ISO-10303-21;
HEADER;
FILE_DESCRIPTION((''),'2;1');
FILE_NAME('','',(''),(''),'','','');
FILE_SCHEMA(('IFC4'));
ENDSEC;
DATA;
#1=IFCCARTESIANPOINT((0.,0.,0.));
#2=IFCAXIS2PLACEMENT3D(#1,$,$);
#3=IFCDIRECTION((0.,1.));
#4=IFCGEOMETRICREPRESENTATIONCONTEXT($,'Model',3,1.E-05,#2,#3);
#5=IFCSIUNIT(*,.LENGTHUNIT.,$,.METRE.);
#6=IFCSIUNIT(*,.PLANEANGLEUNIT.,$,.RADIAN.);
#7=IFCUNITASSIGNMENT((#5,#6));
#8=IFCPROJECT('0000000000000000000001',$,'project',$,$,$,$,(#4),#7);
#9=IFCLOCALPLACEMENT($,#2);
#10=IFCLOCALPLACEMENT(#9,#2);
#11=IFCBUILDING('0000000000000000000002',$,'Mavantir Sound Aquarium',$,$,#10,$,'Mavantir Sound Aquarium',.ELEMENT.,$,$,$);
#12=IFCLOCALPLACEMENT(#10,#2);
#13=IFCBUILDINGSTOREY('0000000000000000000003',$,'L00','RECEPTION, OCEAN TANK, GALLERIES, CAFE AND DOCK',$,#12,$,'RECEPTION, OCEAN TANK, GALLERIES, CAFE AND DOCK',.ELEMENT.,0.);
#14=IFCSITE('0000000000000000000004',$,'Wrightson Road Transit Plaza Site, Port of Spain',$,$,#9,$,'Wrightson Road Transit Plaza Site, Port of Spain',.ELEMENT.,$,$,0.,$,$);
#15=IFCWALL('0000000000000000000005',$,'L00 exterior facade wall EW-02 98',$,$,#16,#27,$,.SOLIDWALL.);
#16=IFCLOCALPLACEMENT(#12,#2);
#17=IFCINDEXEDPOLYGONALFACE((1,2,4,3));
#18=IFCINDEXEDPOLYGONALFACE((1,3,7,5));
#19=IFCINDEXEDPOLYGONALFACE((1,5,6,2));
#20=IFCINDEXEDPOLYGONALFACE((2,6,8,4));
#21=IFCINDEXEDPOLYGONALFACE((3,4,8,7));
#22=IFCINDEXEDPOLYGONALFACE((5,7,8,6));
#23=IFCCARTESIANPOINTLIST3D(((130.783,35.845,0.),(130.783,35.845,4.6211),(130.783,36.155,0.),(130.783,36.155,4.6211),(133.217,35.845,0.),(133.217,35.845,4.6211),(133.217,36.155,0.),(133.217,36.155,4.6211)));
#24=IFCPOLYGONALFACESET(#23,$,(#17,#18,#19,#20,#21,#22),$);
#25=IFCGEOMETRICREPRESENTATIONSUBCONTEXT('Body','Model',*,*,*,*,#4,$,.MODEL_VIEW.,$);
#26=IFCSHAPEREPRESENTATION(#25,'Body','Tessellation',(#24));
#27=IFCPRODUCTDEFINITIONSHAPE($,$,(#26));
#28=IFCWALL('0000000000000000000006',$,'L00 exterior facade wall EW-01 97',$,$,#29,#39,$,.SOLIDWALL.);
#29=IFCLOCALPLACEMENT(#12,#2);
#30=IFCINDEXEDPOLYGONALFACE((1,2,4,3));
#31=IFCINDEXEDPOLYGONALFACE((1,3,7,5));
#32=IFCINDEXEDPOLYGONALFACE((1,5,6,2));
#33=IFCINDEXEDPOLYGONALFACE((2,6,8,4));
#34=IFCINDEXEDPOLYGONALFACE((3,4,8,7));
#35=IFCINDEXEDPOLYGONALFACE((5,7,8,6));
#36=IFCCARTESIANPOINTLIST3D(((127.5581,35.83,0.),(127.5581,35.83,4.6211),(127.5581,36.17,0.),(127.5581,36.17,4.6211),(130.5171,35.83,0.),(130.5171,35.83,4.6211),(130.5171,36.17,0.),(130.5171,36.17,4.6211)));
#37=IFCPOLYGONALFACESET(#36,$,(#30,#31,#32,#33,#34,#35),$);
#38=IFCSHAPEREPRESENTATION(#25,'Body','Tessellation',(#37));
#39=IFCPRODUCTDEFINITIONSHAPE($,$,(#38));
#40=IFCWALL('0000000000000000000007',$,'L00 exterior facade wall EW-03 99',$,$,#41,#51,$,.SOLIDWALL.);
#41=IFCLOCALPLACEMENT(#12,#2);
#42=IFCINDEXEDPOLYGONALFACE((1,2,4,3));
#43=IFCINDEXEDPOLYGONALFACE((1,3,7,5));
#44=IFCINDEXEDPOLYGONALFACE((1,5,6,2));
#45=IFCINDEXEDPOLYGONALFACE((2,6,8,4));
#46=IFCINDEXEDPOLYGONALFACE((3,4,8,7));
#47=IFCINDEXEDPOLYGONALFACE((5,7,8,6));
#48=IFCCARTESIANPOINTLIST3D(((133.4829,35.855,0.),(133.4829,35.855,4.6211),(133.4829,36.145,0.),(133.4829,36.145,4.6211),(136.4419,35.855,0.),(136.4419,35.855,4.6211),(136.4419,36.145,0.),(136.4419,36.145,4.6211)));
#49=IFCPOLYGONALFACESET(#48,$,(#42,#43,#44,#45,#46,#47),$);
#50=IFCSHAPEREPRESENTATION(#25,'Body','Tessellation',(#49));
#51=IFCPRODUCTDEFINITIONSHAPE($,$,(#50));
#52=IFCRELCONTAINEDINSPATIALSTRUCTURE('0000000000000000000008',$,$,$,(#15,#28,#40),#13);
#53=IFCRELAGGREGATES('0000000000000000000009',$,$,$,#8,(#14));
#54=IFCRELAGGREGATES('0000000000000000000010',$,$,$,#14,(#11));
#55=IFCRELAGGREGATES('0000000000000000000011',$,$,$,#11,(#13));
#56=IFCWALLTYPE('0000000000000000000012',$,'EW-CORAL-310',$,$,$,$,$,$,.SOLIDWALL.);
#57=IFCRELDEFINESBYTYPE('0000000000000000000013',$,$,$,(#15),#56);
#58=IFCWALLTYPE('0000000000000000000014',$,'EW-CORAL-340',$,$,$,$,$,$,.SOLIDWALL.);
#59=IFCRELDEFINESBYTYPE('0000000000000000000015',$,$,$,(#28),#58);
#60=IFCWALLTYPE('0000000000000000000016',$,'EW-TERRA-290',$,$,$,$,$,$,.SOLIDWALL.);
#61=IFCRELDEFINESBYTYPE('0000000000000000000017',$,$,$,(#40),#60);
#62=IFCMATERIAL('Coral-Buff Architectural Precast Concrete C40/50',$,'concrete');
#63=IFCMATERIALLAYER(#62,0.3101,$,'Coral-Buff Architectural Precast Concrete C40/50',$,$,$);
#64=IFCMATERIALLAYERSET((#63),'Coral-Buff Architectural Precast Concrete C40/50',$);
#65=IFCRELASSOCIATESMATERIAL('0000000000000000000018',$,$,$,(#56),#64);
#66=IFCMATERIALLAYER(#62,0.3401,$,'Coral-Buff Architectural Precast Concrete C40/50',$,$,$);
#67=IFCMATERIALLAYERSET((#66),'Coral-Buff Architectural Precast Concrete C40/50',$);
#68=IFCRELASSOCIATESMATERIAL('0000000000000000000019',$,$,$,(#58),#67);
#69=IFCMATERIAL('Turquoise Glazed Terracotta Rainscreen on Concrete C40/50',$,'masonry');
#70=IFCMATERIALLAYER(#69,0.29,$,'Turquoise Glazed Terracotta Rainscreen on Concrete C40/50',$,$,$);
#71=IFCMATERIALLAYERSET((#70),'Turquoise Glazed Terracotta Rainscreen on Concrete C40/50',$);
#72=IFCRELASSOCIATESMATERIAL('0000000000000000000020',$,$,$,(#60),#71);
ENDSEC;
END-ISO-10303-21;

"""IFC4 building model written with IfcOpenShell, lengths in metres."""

from ifc_helpers import new_model, si_unit, direction, frame, frame_2d, origin, place, context, subcontext, project, spatial, rectangle, extrude, material, layer, layer_set, type_object, element, save


model = new_model("IFC4")

# Units and contexts
model_context = context("Model", 3, precision=1e-05, world=origin(), true_north=direction((0.0, 1.0)))
body_context = subcontext(model_context, "Body", "Model", "MODEL_VIEW")
ifc_project = project(units=[si_unit("LENGTHUNIT", "METRE"), si_unit("PLANEANGLEUNIT", "RADIAN")], contexts=[model_context])

# Site, building, storey
site_placement = place(None, origin())
site = spatial("IfcSite", under=ifc_project, at=site_placement, Name="Wrightson Road Transit Plaza Site, Port of Spain", LongName="Wrightson Road Transit Plaza Site, Port of Spain", CompositionType="ELEMENT", RefElevation=0.0)
building_placement = place(site_placement, origin())
building = spatial("IfcBuilding", under=site, at=building_placement, Name="Mavantir Sound Aquarium", LongName="Mavantir Sound Aquarium", CompositionType="ELEMENT")
storey_placement = place(building_placement, origin())
storey = spatial("IfcBuildingStorey", under=building, at=storey_placement, Name="L00", Description="RECEPTION, OCEAN TANK, GALLERIES, CAFE AND DOCK", LongName="RECEPTION, OCEAN TANK, GALLERIES, CAFE AND DOCK", CompositionType="ELEMENT", Elevation=0.0)

# Walls
ifc_material_1 = material(Name="Coral-Buff Architectural Precast Concrete C40/50", Category="concrete")
ifc_layer_1 = layer(ifc_material_1, 0.3101, Name="Coral-Buff Architectural Precast Concrete C40/50")
ifc_layer_set_1 = layer_set([ifc_layer_1], Name="Coral-Buff Architectural Precast Concrete C40/50")
wall_type_1 = type_object("IfcWallType", Name="EW-CORAL-310", PredefinedType="SOLIDWALL", material=ifc_layer_set_1)
wall_1_placement = place(storey_placement, frame((130.783, 36.0, 0.0), z_axis=(0.0, 0.0, 1.0), x_axis=(1.0, 0.0, 0.0)))
element("IfcWall", 1, at=wall_1_placement, inside=storey, type_object=wall_type_1, Name="L00 exterior facade wall EW-02 98", PredefinedType="SOLIDWALL", context=body_context, shape_type="SweptSolid", body=[
    extrude(rectangle(XDim=2.4341, YDim=0.3101, at=frame_2d((1.217, 0.0))), origin(), (0.0, 0.0, 1.0), 4.6211),
])
ifc_layer_2 = layer(ifc_material_1, 0.3401, Name="Coral-Buff Architectural Precast Concrete C40/50")
ifc_layer_set_2 = layer_set([ifc_layer_2], Name="Coral-Buff Architectural Precast Concrete C40/50")
wall_type_2 = type_object("IfcWallType", Name="EW-CORAL-340", PredefinedType="SOLIDWALL", material=ifc_layer_set_2)
wall_2_placement = place(storey_placement, frame((127.5581, 36.0, 0.0), z_axis=(0.0, 0.0, 1.0), x_axis=(1.0, 0.0, 0.0)))
element("IfcWall", 2, at=wall_2_placement, inside=storey, type_object=wall_type_2, Name="L00 exterior facade wall EW-01 97", PredefinedType="SOLIDWALL", context=body_context, shape_type="SweptSolid", body=[
    extrude(rectangle(XDim=2.959, YDim=0.3401, at=frame_2d((1.4795, 0.0))), origin(), (0.0, 0.0, 1.0), 4.6211),
])
ifc_material_2 = material(Name="Turquoise Glazed Terracotta Rainscreen on Concrete C40/50", Category="masonry")
ifc_layer_3 = layer(ifc_material_2, 0.29, Name="Turquoise Glazed Terracotta Rainscreen on Concrete C40/50")
ifc_layer_set_3 = layer_set([ifc_layer_3], Name="Turquoise Glazed Terracotta Rainscreen on Concrete C40/50")
wall_type_3 = type_object("IfcWallType", Name="EW-TERRA-290", PredefinedType="SOLIDWALL", material=ifc_layer_set_3)
wall_3_placement = place(storey_placement, frame((133.4829, 36.0, 0.0), z_axis=(0.0, 0.0, 1.0), x_axis=(1.0, 0.0, 0.0)))
element("IfcWall", 3, at=wall_3_placement, inside=storey, type_object=wall_type_3, Name="L00 exterior facade wall EW-03 99", PredefinedType="SOLIDWALL", context=body_context, shape_type="SweptSolid", body=[
    extrude(rectangle(XDim=2.959, YDim=0.29, at=frame_2d((1.4795, 0.0))), origin(), (0.0, 0.0, 1.0), 4.6211),
])

save(model, "model.ifc")
